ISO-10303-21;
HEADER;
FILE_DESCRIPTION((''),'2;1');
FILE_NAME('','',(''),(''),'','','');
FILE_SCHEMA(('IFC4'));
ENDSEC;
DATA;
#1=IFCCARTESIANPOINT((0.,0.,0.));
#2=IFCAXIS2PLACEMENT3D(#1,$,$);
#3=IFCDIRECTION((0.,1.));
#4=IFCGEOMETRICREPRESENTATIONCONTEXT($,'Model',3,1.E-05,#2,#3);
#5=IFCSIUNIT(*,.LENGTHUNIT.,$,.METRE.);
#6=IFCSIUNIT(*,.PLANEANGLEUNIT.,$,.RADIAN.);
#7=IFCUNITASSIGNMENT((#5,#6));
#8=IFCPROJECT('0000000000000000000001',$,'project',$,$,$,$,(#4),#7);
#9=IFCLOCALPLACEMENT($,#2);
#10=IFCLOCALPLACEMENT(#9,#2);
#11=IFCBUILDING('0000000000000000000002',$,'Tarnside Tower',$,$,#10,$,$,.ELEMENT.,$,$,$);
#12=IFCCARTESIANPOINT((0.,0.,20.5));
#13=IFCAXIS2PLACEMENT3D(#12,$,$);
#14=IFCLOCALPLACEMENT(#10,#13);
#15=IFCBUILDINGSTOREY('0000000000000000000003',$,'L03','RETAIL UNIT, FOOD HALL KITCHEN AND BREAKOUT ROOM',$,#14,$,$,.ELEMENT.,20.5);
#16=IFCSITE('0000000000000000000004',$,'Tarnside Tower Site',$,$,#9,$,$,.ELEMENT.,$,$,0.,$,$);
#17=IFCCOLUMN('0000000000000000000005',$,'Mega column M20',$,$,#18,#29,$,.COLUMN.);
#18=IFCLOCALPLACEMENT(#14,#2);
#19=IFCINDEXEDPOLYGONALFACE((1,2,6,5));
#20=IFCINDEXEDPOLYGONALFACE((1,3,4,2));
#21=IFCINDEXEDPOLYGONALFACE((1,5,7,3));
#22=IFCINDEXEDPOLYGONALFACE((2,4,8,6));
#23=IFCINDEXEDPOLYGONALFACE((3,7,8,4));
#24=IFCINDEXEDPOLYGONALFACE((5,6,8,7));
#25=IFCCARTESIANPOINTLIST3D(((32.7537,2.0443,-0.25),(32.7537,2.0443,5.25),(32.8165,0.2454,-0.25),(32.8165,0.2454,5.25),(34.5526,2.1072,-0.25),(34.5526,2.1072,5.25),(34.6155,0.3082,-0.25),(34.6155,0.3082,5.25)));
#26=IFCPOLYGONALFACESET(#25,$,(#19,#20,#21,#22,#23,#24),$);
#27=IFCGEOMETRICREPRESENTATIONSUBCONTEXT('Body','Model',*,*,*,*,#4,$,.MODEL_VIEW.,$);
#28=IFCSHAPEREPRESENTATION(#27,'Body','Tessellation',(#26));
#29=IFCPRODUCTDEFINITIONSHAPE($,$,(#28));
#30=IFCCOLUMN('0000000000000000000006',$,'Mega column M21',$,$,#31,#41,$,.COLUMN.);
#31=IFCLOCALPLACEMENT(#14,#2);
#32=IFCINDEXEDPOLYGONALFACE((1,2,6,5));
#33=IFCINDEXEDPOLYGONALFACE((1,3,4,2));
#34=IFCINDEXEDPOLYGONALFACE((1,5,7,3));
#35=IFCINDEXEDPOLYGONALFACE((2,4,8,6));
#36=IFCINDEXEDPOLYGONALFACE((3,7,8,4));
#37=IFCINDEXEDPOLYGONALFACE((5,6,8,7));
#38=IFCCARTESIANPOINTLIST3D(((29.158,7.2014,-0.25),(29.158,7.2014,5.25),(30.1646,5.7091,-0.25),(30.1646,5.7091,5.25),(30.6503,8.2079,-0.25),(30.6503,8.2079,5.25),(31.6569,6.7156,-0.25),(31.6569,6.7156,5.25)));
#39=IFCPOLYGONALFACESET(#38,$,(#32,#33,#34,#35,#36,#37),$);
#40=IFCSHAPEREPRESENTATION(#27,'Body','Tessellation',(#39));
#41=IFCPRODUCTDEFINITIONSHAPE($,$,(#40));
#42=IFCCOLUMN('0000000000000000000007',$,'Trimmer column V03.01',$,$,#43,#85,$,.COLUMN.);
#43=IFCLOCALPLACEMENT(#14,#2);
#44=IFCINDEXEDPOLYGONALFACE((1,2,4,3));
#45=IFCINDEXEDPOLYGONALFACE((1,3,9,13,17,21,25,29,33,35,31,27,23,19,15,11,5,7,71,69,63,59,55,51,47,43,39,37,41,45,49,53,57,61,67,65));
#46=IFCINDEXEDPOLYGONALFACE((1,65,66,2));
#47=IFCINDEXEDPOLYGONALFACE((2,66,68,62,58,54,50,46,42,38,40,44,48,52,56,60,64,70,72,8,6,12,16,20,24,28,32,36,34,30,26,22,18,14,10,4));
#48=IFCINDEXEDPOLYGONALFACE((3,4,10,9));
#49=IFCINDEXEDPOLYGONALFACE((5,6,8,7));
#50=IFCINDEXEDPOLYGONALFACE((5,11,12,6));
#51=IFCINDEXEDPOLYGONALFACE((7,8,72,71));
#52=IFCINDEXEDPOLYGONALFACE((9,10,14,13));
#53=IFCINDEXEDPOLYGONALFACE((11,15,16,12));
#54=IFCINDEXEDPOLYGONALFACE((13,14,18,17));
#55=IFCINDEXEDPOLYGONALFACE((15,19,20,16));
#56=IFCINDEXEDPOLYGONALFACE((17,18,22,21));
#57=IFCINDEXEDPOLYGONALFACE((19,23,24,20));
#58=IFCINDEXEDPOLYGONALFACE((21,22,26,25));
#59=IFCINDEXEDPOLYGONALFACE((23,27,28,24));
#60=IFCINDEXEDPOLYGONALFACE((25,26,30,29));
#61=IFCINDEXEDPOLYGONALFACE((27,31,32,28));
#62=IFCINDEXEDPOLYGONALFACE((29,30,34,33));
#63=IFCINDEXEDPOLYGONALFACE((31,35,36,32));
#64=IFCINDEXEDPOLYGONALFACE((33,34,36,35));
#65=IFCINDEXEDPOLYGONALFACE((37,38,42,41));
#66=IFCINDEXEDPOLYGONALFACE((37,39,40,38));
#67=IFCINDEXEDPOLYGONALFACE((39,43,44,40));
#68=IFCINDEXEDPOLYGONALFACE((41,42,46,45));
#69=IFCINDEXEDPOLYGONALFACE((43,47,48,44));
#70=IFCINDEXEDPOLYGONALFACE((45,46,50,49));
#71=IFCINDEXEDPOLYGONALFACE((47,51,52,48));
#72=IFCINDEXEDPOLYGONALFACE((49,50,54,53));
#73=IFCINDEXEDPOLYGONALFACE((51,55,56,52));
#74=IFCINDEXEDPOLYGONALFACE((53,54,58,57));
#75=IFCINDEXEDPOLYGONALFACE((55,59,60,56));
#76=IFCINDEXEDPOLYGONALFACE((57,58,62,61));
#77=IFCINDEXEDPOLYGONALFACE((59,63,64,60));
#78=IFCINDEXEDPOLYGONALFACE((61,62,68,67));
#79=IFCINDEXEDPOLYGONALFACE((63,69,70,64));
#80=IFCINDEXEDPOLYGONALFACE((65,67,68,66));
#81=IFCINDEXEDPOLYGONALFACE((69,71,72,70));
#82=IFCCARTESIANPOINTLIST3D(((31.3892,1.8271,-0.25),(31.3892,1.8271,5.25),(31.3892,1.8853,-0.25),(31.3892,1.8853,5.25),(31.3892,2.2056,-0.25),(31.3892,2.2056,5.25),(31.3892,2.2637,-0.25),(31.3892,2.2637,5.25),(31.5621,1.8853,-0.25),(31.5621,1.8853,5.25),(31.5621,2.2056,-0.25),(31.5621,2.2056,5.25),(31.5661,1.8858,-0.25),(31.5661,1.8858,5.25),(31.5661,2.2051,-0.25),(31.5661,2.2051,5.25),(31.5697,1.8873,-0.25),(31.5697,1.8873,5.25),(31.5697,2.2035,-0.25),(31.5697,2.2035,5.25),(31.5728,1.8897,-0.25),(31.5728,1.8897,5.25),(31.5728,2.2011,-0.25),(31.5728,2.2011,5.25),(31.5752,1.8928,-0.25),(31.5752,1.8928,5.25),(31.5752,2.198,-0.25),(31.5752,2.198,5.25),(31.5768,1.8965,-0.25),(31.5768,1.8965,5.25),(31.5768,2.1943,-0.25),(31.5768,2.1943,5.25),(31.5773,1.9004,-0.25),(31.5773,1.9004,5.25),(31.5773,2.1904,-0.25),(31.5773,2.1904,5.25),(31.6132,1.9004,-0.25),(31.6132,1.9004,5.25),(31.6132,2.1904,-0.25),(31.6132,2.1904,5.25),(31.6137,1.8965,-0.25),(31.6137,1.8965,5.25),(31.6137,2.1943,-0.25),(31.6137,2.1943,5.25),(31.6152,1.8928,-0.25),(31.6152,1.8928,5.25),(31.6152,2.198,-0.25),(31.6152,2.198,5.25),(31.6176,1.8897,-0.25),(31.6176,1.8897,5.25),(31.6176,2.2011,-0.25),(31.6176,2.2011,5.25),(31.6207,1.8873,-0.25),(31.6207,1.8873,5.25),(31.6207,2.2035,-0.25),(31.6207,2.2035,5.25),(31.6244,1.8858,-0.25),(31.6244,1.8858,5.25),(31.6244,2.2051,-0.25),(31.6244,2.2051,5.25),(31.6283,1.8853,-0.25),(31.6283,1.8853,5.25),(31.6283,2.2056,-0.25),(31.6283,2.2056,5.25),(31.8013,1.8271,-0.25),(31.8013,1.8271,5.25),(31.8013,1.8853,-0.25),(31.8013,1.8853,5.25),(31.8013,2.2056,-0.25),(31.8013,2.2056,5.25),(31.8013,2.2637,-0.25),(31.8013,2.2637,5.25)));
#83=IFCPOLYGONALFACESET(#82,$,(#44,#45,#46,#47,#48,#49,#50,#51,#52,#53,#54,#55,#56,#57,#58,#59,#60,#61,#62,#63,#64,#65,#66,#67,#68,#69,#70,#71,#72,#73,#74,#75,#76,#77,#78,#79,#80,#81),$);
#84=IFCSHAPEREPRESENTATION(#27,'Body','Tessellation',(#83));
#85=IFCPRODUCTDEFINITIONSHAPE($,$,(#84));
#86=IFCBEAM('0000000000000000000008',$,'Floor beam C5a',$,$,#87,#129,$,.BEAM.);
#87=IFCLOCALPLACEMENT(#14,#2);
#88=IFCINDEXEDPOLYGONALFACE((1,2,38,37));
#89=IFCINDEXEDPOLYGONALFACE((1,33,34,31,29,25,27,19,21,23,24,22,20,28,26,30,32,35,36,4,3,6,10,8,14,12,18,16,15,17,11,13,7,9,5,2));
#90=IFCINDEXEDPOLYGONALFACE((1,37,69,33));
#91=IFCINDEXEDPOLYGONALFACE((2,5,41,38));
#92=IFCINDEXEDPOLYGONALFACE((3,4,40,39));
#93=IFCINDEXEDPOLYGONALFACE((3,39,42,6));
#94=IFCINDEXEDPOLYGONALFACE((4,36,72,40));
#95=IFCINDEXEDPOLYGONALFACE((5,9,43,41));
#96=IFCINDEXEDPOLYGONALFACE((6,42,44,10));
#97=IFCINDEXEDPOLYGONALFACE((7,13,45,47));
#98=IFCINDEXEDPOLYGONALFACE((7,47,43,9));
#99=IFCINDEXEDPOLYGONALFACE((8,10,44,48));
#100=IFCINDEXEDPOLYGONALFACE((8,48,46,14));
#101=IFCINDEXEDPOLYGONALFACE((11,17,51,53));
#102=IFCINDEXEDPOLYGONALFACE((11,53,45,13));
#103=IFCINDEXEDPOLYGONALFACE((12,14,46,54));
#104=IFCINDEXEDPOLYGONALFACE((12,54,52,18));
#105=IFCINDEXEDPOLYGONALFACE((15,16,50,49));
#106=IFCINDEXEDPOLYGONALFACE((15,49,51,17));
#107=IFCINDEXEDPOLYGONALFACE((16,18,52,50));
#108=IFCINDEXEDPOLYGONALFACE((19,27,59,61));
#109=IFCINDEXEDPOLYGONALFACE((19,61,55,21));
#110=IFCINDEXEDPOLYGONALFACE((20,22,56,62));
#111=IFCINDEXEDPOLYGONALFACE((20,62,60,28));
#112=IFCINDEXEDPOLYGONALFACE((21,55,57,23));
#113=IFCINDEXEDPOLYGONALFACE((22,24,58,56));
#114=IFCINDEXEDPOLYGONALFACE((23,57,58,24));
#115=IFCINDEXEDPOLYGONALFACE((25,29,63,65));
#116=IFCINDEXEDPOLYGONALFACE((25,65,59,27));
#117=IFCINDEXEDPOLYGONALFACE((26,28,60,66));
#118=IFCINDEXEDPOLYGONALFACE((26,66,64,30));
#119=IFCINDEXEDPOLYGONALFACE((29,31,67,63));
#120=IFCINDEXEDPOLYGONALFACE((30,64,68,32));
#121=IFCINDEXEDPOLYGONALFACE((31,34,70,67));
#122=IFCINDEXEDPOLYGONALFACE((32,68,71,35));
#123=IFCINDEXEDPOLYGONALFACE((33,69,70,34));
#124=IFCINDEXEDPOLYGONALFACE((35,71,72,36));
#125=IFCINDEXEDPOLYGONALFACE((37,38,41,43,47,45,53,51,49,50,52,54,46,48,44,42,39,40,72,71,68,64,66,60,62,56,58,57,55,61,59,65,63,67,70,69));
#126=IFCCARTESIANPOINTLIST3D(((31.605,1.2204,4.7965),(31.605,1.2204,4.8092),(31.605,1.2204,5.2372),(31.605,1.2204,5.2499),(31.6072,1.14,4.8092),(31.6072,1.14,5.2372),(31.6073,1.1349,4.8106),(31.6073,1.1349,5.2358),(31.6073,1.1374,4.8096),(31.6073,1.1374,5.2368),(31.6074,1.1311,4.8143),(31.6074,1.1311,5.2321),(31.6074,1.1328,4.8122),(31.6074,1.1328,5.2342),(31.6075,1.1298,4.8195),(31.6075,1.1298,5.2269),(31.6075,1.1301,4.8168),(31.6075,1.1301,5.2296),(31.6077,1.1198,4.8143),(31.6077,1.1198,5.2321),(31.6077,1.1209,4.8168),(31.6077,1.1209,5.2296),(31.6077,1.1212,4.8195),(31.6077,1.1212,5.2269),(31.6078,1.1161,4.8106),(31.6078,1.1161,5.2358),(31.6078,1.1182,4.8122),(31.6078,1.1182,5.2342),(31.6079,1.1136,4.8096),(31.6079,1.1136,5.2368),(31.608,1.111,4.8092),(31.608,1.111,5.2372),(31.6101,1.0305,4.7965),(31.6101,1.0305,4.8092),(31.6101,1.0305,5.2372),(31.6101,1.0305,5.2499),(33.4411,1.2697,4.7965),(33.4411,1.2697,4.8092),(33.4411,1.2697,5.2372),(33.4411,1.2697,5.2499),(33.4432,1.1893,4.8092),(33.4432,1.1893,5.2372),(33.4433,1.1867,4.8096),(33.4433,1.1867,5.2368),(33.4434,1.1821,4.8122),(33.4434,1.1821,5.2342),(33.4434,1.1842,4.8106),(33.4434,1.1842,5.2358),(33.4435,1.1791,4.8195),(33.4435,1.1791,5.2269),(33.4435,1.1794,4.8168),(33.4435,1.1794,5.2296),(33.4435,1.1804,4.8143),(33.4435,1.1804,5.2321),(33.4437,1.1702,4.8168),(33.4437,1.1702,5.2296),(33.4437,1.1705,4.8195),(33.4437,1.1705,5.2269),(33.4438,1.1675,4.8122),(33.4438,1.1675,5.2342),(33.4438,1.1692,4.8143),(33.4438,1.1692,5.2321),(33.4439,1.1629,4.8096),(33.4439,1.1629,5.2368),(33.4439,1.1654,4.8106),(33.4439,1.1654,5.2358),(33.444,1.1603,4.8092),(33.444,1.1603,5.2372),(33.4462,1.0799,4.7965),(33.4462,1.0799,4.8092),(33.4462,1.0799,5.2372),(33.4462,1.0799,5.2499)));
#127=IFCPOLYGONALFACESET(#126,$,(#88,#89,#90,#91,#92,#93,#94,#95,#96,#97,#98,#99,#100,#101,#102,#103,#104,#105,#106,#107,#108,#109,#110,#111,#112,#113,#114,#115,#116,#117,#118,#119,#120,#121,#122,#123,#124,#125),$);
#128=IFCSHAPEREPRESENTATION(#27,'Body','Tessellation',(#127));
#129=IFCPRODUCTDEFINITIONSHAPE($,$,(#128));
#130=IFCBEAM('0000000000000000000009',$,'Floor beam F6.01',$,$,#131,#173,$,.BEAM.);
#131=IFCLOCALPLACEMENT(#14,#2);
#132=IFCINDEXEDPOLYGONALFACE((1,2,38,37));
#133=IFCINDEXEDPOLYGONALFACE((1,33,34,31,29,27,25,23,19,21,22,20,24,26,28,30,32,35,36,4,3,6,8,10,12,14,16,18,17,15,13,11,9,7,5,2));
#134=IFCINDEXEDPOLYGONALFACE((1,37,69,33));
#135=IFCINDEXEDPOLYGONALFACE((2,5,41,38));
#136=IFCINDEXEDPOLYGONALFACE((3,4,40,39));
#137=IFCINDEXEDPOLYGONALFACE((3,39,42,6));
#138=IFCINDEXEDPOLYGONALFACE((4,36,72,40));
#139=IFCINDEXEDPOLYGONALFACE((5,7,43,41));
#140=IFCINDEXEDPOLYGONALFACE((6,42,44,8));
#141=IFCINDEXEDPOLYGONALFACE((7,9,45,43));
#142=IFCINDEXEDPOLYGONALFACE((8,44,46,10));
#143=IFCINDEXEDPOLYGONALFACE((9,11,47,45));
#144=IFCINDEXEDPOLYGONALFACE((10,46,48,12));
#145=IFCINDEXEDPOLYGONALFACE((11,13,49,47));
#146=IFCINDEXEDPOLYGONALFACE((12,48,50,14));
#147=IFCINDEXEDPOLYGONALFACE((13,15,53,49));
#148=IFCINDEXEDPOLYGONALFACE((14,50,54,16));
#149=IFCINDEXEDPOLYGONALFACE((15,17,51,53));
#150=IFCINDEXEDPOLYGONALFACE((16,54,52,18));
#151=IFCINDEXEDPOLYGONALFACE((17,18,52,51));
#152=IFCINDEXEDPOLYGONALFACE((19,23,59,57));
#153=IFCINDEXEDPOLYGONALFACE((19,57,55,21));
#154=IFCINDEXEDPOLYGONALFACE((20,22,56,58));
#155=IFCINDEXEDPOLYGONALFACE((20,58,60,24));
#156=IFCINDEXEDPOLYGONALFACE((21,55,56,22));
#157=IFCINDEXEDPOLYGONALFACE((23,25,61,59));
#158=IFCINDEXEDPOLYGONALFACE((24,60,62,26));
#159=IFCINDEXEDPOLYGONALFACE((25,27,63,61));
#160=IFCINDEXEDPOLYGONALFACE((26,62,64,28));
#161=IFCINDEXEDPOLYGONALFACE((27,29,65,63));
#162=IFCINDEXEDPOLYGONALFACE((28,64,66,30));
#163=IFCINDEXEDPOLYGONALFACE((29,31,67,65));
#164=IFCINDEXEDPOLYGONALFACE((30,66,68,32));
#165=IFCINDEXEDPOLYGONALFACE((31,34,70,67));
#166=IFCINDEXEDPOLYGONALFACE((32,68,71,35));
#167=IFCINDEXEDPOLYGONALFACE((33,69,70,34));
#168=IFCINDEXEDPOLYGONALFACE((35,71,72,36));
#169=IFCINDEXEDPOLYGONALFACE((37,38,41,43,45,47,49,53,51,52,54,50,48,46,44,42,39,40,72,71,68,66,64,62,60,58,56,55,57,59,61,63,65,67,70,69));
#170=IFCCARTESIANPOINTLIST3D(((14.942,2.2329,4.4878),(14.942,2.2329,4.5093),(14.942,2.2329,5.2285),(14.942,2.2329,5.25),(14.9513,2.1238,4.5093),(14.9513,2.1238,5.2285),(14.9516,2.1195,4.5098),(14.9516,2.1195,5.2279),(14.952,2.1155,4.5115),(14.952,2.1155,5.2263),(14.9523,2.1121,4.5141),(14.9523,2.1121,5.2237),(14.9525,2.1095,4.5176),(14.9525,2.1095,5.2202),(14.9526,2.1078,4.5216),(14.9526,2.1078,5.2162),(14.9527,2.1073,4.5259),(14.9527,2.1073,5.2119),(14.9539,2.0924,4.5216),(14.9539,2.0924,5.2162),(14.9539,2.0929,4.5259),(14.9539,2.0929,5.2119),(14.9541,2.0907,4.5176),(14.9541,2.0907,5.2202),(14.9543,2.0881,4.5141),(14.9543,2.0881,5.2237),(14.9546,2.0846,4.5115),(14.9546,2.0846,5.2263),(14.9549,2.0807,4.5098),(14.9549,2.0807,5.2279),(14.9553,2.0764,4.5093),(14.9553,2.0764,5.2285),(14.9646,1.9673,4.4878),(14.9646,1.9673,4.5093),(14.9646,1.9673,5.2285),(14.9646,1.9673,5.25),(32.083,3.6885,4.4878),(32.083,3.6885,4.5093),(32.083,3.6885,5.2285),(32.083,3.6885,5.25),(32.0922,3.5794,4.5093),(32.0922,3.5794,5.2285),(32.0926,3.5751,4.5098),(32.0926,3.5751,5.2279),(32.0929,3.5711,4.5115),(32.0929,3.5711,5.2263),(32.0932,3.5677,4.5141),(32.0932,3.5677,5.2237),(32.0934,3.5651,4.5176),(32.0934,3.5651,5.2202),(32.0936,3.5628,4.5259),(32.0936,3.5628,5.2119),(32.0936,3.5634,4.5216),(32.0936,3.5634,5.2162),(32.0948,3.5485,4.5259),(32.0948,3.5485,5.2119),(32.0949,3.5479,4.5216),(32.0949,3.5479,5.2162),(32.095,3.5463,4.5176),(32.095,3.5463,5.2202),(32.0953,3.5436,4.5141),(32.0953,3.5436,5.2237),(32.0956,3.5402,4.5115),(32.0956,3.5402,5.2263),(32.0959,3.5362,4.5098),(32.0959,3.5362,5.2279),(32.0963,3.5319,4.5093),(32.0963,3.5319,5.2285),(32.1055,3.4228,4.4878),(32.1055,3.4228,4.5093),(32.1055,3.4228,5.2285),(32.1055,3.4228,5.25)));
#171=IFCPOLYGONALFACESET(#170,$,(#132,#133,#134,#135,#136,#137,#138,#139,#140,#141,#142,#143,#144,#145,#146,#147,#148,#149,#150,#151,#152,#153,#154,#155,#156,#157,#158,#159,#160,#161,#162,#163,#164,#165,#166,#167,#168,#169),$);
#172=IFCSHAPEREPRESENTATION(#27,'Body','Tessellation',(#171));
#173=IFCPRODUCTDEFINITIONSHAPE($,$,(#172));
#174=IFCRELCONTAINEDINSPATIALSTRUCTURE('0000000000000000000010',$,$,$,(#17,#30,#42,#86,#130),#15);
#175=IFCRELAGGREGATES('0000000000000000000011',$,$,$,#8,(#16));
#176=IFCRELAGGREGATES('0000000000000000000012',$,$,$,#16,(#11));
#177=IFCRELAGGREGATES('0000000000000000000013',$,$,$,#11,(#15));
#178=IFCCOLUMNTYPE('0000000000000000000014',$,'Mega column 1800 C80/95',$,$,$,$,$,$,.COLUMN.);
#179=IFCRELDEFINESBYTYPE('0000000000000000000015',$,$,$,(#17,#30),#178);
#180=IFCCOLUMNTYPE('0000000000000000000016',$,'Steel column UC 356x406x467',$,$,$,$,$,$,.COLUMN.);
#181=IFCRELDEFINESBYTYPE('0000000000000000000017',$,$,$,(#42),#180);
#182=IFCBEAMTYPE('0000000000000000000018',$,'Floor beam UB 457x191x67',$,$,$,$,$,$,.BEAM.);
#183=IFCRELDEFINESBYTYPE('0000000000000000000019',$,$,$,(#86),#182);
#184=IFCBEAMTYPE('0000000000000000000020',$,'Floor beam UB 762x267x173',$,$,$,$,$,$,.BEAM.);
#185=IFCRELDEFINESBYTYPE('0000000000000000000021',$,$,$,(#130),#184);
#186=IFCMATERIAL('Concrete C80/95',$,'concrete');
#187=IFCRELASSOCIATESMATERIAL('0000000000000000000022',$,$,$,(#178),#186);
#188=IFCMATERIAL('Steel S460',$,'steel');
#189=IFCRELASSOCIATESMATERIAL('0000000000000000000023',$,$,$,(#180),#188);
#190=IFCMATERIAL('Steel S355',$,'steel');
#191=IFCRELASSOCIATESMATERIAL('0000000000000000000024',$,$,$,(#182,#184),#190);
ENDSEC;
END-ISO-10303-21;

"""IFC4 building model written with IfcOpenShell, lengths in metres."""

from ifc_helpers import new_model, si_unit, direction, frame, origin, origin_2d, place, context, subcontext, project, spatial, rectangle, i_section, extrude, material, material_profile, profile_set, type_object, element, save


model = new_model("IFC4")

# Units and contexts
model_context = context("Model", 3, precision=1e-05, world=origin(), true_north=direction((0.0, 1.0)))
body_context = subcontext(model_context, "Body", "Model", "MODEL_VIEW")
ifc_project = project(units=[si_unit("LENGTHUNIT", "METRE"), si_unit("PLANEANGLEUNIT", "RADIAN")], contexts=[model_context])

# Site, building, storey
site_placement = place(None, origin())
site = spatial("IfcSite", under=ifc_project, at=site_placement, Name="Tarnside Tower Site", CompositionType="ELEMENT", RefElevation=0.0)
building_placement = place(site_placement, origin())
building = spatial("IfcBuilding", under=site, at=building_placement, Name="Tarnside Tower", CompositionType="ELEMENT")
storey_placement = place(building_placement, frame((0.0, 0.0, 20.5)))
storey = spatial("IfcBuildingStorey", under=building, at=storey_placement, Name="L03", Description="RETAIL UNIT, FOOD HALL KITCHEN AND BREAKOUT ROOM", CompositionType="ELEMENT", Elevation=20.5)

# Columns
ifc_material_1 = material(Name="Concrete C80/95", Category="concrete")
ifc_material_profile_1 = material_profile(ifc_material_1, rectangle(XDim=1.8, YDim=1.8, at=origin_2d()), Name="Mega column 1800x1800")
ifc_profile_set_1 = profile_set([ifc_material_profile_1], Name="Concrete C80/95")
column_type_1 = type_object("IfcColumnType", Name="Mega column 1800 C80/95", PredefinedType="COLUMN", material=ifc_profile_set_1)
for number, where, z_axis, x_axis, name in (
    (1, (33.6846, 1.1763, -0.25), (0.0, 0.0, 1.0), (0.034899, -0.999391, 0.0), "Mega column M20"),
    (2, (30.4075, 6.9585, -0.25), (0.0, 0.0, 1.0), (0.559193, -0.829038, 0.0), "Mega column M21"),
):
    element("IfcColumn", number, at=place(storey_placement, frame(where, z_axis=z_axis, x_axis=x_axis)), inside=storey, type_object=column_type_1, Name=name, PredefinedType="COLUMN", context=body_context, shape_type="SweptSolid", body=[
        extrude(rectangle(XDim=1.8, YDim=1.8, at=origin_2d()), origin(), (0.0, 0.0, 1.0), 5.5),
    ])
ifc_material_2 = material(Name="Steel S460", Category="steel")
ifc_material_profile_2 = material_profile(ifc_material_2, i_section(OverallWidth=0.4121, OverallDepth=0.4365, WebThickness=0.0359, FlangeThickness=0.0581, FilletRadius=0.0151, at=origin_2d()), Name="UC 356x406x467")
ifc_profile_set_2 = profile_set([ifc_material_profile_2], Name="Steel S460")
column_type_2 = type_object("IfcColumnType", Name="Steel column UC 356x406x467", PredefinedType="COLUMN", material=ifc_profile_set_2)
column_placement = place(storey_placement, frame((31.5952, 2.0454, -0.25), z_axis=(0.0, 0.0, 1.0), x_axis=(1.0, 0.0, 0.0)))
element("IfcColumn", 3, at=column_placement, inside=storey, type_object=column_type_2, Name="Trimmer column V03.01", PredefinedType="COLUMN", context=body_context, shape_type="SweptSolid", body=[
    extrude(i_section(OverallWidth=0.4121, OverallDepth=0.4365, WebThickness=0.0359, FlangeThickness=0.0581, FilletRadius=0.0151, at=origin_2d()), origin(), (0.0, 0.0, 1.0), 5.5),
])

# Beams
ifc_material_3 = material(Name="Steel S355", Category="steel")
ifc_material_profile_3 = material_profile(ifc_material_3, i_section(OverallWidth=0.1899, OverallDepth=0.4534, WebThickness=0.0085, FlangeThickness=0.0127, FilletRadius=0.0103, at=origin_2d()), Name="UB 457x191x67")
ifc_profile_set_3 = profile_set([ifc_material_profile_3], Name="Steel S355")
beam_type_1 = type_object("IfcBeamType", Name="Floor beam UB 457x191x67", PredefinedType="BEAM", material=ifc_profile_set_3)
beam_1_placement = place(storey_placement, frame((33.4436, 1.1748, 5.0232), z_axis=(-0.999639, -0.026852, 0.0), x_axis=(0.026852, -0.999639, 0.0)))
element("IfcBeam", 4, at=beam_1_placement, inside=storey, type_object=beam_type_1, Name="Floor beam C5a", PredefinedType="BEAM", context=body_context, shape_type="SweptSolid", body=[
    extrude(i_section(OverallWidth=0.1899, OverallDepth=0.4534, WebThickness=0.0085, FlangeThickness=0.0127, FilletRadius=0.0103, at=origin_2d()), origin(), (0.0, 0.0, 1.0), 1.8367),
])
ifc_material_profile_4 = material_profile(ifc_material_3, i_section(OverallWidth=0.2666, OverallDepth=0.7622, WebThickness=0.0144, FlangeThickness=0.0215, FilletRadius=0.0166, at=origin_2d()), Name="UB 762x267x173")
ifc_profile_set_4 = profile_set([ifc_material_profile_4], Name="Steel S355")
beam_type_2 = type_object("IfcBeamType", Name="Floor beam UB 762x267x173", PredefinedType="BEAM", material=ifc_profile_set_4)
beam_2_placement = place(storey_placement, frame((32.0942, 3.5557, 4.8689), z_axis=(-0.996414, -0.084613, 0.0), x_axis=(0.084613, -0.996414, 0.0)))
element("IfcBeam", 5, at=beam_2_placement, inside=storey, type_object=beam_type_2, Name="Floor beam F6.01", PredefinedType="BEAM", context=body_context, shape_type="SweptSolid", body=[
    extrude(i_section(OverallWidth=0.2666, OverallDepth=0.7622, WebThickness=0.0144, FlangeThickness=0.0215, FilletRadius=0.0166, at=origin_2d()), origin(), (0.0, 0.0, 1.0), 17.2026),
])

save(model, "model.ifc")
